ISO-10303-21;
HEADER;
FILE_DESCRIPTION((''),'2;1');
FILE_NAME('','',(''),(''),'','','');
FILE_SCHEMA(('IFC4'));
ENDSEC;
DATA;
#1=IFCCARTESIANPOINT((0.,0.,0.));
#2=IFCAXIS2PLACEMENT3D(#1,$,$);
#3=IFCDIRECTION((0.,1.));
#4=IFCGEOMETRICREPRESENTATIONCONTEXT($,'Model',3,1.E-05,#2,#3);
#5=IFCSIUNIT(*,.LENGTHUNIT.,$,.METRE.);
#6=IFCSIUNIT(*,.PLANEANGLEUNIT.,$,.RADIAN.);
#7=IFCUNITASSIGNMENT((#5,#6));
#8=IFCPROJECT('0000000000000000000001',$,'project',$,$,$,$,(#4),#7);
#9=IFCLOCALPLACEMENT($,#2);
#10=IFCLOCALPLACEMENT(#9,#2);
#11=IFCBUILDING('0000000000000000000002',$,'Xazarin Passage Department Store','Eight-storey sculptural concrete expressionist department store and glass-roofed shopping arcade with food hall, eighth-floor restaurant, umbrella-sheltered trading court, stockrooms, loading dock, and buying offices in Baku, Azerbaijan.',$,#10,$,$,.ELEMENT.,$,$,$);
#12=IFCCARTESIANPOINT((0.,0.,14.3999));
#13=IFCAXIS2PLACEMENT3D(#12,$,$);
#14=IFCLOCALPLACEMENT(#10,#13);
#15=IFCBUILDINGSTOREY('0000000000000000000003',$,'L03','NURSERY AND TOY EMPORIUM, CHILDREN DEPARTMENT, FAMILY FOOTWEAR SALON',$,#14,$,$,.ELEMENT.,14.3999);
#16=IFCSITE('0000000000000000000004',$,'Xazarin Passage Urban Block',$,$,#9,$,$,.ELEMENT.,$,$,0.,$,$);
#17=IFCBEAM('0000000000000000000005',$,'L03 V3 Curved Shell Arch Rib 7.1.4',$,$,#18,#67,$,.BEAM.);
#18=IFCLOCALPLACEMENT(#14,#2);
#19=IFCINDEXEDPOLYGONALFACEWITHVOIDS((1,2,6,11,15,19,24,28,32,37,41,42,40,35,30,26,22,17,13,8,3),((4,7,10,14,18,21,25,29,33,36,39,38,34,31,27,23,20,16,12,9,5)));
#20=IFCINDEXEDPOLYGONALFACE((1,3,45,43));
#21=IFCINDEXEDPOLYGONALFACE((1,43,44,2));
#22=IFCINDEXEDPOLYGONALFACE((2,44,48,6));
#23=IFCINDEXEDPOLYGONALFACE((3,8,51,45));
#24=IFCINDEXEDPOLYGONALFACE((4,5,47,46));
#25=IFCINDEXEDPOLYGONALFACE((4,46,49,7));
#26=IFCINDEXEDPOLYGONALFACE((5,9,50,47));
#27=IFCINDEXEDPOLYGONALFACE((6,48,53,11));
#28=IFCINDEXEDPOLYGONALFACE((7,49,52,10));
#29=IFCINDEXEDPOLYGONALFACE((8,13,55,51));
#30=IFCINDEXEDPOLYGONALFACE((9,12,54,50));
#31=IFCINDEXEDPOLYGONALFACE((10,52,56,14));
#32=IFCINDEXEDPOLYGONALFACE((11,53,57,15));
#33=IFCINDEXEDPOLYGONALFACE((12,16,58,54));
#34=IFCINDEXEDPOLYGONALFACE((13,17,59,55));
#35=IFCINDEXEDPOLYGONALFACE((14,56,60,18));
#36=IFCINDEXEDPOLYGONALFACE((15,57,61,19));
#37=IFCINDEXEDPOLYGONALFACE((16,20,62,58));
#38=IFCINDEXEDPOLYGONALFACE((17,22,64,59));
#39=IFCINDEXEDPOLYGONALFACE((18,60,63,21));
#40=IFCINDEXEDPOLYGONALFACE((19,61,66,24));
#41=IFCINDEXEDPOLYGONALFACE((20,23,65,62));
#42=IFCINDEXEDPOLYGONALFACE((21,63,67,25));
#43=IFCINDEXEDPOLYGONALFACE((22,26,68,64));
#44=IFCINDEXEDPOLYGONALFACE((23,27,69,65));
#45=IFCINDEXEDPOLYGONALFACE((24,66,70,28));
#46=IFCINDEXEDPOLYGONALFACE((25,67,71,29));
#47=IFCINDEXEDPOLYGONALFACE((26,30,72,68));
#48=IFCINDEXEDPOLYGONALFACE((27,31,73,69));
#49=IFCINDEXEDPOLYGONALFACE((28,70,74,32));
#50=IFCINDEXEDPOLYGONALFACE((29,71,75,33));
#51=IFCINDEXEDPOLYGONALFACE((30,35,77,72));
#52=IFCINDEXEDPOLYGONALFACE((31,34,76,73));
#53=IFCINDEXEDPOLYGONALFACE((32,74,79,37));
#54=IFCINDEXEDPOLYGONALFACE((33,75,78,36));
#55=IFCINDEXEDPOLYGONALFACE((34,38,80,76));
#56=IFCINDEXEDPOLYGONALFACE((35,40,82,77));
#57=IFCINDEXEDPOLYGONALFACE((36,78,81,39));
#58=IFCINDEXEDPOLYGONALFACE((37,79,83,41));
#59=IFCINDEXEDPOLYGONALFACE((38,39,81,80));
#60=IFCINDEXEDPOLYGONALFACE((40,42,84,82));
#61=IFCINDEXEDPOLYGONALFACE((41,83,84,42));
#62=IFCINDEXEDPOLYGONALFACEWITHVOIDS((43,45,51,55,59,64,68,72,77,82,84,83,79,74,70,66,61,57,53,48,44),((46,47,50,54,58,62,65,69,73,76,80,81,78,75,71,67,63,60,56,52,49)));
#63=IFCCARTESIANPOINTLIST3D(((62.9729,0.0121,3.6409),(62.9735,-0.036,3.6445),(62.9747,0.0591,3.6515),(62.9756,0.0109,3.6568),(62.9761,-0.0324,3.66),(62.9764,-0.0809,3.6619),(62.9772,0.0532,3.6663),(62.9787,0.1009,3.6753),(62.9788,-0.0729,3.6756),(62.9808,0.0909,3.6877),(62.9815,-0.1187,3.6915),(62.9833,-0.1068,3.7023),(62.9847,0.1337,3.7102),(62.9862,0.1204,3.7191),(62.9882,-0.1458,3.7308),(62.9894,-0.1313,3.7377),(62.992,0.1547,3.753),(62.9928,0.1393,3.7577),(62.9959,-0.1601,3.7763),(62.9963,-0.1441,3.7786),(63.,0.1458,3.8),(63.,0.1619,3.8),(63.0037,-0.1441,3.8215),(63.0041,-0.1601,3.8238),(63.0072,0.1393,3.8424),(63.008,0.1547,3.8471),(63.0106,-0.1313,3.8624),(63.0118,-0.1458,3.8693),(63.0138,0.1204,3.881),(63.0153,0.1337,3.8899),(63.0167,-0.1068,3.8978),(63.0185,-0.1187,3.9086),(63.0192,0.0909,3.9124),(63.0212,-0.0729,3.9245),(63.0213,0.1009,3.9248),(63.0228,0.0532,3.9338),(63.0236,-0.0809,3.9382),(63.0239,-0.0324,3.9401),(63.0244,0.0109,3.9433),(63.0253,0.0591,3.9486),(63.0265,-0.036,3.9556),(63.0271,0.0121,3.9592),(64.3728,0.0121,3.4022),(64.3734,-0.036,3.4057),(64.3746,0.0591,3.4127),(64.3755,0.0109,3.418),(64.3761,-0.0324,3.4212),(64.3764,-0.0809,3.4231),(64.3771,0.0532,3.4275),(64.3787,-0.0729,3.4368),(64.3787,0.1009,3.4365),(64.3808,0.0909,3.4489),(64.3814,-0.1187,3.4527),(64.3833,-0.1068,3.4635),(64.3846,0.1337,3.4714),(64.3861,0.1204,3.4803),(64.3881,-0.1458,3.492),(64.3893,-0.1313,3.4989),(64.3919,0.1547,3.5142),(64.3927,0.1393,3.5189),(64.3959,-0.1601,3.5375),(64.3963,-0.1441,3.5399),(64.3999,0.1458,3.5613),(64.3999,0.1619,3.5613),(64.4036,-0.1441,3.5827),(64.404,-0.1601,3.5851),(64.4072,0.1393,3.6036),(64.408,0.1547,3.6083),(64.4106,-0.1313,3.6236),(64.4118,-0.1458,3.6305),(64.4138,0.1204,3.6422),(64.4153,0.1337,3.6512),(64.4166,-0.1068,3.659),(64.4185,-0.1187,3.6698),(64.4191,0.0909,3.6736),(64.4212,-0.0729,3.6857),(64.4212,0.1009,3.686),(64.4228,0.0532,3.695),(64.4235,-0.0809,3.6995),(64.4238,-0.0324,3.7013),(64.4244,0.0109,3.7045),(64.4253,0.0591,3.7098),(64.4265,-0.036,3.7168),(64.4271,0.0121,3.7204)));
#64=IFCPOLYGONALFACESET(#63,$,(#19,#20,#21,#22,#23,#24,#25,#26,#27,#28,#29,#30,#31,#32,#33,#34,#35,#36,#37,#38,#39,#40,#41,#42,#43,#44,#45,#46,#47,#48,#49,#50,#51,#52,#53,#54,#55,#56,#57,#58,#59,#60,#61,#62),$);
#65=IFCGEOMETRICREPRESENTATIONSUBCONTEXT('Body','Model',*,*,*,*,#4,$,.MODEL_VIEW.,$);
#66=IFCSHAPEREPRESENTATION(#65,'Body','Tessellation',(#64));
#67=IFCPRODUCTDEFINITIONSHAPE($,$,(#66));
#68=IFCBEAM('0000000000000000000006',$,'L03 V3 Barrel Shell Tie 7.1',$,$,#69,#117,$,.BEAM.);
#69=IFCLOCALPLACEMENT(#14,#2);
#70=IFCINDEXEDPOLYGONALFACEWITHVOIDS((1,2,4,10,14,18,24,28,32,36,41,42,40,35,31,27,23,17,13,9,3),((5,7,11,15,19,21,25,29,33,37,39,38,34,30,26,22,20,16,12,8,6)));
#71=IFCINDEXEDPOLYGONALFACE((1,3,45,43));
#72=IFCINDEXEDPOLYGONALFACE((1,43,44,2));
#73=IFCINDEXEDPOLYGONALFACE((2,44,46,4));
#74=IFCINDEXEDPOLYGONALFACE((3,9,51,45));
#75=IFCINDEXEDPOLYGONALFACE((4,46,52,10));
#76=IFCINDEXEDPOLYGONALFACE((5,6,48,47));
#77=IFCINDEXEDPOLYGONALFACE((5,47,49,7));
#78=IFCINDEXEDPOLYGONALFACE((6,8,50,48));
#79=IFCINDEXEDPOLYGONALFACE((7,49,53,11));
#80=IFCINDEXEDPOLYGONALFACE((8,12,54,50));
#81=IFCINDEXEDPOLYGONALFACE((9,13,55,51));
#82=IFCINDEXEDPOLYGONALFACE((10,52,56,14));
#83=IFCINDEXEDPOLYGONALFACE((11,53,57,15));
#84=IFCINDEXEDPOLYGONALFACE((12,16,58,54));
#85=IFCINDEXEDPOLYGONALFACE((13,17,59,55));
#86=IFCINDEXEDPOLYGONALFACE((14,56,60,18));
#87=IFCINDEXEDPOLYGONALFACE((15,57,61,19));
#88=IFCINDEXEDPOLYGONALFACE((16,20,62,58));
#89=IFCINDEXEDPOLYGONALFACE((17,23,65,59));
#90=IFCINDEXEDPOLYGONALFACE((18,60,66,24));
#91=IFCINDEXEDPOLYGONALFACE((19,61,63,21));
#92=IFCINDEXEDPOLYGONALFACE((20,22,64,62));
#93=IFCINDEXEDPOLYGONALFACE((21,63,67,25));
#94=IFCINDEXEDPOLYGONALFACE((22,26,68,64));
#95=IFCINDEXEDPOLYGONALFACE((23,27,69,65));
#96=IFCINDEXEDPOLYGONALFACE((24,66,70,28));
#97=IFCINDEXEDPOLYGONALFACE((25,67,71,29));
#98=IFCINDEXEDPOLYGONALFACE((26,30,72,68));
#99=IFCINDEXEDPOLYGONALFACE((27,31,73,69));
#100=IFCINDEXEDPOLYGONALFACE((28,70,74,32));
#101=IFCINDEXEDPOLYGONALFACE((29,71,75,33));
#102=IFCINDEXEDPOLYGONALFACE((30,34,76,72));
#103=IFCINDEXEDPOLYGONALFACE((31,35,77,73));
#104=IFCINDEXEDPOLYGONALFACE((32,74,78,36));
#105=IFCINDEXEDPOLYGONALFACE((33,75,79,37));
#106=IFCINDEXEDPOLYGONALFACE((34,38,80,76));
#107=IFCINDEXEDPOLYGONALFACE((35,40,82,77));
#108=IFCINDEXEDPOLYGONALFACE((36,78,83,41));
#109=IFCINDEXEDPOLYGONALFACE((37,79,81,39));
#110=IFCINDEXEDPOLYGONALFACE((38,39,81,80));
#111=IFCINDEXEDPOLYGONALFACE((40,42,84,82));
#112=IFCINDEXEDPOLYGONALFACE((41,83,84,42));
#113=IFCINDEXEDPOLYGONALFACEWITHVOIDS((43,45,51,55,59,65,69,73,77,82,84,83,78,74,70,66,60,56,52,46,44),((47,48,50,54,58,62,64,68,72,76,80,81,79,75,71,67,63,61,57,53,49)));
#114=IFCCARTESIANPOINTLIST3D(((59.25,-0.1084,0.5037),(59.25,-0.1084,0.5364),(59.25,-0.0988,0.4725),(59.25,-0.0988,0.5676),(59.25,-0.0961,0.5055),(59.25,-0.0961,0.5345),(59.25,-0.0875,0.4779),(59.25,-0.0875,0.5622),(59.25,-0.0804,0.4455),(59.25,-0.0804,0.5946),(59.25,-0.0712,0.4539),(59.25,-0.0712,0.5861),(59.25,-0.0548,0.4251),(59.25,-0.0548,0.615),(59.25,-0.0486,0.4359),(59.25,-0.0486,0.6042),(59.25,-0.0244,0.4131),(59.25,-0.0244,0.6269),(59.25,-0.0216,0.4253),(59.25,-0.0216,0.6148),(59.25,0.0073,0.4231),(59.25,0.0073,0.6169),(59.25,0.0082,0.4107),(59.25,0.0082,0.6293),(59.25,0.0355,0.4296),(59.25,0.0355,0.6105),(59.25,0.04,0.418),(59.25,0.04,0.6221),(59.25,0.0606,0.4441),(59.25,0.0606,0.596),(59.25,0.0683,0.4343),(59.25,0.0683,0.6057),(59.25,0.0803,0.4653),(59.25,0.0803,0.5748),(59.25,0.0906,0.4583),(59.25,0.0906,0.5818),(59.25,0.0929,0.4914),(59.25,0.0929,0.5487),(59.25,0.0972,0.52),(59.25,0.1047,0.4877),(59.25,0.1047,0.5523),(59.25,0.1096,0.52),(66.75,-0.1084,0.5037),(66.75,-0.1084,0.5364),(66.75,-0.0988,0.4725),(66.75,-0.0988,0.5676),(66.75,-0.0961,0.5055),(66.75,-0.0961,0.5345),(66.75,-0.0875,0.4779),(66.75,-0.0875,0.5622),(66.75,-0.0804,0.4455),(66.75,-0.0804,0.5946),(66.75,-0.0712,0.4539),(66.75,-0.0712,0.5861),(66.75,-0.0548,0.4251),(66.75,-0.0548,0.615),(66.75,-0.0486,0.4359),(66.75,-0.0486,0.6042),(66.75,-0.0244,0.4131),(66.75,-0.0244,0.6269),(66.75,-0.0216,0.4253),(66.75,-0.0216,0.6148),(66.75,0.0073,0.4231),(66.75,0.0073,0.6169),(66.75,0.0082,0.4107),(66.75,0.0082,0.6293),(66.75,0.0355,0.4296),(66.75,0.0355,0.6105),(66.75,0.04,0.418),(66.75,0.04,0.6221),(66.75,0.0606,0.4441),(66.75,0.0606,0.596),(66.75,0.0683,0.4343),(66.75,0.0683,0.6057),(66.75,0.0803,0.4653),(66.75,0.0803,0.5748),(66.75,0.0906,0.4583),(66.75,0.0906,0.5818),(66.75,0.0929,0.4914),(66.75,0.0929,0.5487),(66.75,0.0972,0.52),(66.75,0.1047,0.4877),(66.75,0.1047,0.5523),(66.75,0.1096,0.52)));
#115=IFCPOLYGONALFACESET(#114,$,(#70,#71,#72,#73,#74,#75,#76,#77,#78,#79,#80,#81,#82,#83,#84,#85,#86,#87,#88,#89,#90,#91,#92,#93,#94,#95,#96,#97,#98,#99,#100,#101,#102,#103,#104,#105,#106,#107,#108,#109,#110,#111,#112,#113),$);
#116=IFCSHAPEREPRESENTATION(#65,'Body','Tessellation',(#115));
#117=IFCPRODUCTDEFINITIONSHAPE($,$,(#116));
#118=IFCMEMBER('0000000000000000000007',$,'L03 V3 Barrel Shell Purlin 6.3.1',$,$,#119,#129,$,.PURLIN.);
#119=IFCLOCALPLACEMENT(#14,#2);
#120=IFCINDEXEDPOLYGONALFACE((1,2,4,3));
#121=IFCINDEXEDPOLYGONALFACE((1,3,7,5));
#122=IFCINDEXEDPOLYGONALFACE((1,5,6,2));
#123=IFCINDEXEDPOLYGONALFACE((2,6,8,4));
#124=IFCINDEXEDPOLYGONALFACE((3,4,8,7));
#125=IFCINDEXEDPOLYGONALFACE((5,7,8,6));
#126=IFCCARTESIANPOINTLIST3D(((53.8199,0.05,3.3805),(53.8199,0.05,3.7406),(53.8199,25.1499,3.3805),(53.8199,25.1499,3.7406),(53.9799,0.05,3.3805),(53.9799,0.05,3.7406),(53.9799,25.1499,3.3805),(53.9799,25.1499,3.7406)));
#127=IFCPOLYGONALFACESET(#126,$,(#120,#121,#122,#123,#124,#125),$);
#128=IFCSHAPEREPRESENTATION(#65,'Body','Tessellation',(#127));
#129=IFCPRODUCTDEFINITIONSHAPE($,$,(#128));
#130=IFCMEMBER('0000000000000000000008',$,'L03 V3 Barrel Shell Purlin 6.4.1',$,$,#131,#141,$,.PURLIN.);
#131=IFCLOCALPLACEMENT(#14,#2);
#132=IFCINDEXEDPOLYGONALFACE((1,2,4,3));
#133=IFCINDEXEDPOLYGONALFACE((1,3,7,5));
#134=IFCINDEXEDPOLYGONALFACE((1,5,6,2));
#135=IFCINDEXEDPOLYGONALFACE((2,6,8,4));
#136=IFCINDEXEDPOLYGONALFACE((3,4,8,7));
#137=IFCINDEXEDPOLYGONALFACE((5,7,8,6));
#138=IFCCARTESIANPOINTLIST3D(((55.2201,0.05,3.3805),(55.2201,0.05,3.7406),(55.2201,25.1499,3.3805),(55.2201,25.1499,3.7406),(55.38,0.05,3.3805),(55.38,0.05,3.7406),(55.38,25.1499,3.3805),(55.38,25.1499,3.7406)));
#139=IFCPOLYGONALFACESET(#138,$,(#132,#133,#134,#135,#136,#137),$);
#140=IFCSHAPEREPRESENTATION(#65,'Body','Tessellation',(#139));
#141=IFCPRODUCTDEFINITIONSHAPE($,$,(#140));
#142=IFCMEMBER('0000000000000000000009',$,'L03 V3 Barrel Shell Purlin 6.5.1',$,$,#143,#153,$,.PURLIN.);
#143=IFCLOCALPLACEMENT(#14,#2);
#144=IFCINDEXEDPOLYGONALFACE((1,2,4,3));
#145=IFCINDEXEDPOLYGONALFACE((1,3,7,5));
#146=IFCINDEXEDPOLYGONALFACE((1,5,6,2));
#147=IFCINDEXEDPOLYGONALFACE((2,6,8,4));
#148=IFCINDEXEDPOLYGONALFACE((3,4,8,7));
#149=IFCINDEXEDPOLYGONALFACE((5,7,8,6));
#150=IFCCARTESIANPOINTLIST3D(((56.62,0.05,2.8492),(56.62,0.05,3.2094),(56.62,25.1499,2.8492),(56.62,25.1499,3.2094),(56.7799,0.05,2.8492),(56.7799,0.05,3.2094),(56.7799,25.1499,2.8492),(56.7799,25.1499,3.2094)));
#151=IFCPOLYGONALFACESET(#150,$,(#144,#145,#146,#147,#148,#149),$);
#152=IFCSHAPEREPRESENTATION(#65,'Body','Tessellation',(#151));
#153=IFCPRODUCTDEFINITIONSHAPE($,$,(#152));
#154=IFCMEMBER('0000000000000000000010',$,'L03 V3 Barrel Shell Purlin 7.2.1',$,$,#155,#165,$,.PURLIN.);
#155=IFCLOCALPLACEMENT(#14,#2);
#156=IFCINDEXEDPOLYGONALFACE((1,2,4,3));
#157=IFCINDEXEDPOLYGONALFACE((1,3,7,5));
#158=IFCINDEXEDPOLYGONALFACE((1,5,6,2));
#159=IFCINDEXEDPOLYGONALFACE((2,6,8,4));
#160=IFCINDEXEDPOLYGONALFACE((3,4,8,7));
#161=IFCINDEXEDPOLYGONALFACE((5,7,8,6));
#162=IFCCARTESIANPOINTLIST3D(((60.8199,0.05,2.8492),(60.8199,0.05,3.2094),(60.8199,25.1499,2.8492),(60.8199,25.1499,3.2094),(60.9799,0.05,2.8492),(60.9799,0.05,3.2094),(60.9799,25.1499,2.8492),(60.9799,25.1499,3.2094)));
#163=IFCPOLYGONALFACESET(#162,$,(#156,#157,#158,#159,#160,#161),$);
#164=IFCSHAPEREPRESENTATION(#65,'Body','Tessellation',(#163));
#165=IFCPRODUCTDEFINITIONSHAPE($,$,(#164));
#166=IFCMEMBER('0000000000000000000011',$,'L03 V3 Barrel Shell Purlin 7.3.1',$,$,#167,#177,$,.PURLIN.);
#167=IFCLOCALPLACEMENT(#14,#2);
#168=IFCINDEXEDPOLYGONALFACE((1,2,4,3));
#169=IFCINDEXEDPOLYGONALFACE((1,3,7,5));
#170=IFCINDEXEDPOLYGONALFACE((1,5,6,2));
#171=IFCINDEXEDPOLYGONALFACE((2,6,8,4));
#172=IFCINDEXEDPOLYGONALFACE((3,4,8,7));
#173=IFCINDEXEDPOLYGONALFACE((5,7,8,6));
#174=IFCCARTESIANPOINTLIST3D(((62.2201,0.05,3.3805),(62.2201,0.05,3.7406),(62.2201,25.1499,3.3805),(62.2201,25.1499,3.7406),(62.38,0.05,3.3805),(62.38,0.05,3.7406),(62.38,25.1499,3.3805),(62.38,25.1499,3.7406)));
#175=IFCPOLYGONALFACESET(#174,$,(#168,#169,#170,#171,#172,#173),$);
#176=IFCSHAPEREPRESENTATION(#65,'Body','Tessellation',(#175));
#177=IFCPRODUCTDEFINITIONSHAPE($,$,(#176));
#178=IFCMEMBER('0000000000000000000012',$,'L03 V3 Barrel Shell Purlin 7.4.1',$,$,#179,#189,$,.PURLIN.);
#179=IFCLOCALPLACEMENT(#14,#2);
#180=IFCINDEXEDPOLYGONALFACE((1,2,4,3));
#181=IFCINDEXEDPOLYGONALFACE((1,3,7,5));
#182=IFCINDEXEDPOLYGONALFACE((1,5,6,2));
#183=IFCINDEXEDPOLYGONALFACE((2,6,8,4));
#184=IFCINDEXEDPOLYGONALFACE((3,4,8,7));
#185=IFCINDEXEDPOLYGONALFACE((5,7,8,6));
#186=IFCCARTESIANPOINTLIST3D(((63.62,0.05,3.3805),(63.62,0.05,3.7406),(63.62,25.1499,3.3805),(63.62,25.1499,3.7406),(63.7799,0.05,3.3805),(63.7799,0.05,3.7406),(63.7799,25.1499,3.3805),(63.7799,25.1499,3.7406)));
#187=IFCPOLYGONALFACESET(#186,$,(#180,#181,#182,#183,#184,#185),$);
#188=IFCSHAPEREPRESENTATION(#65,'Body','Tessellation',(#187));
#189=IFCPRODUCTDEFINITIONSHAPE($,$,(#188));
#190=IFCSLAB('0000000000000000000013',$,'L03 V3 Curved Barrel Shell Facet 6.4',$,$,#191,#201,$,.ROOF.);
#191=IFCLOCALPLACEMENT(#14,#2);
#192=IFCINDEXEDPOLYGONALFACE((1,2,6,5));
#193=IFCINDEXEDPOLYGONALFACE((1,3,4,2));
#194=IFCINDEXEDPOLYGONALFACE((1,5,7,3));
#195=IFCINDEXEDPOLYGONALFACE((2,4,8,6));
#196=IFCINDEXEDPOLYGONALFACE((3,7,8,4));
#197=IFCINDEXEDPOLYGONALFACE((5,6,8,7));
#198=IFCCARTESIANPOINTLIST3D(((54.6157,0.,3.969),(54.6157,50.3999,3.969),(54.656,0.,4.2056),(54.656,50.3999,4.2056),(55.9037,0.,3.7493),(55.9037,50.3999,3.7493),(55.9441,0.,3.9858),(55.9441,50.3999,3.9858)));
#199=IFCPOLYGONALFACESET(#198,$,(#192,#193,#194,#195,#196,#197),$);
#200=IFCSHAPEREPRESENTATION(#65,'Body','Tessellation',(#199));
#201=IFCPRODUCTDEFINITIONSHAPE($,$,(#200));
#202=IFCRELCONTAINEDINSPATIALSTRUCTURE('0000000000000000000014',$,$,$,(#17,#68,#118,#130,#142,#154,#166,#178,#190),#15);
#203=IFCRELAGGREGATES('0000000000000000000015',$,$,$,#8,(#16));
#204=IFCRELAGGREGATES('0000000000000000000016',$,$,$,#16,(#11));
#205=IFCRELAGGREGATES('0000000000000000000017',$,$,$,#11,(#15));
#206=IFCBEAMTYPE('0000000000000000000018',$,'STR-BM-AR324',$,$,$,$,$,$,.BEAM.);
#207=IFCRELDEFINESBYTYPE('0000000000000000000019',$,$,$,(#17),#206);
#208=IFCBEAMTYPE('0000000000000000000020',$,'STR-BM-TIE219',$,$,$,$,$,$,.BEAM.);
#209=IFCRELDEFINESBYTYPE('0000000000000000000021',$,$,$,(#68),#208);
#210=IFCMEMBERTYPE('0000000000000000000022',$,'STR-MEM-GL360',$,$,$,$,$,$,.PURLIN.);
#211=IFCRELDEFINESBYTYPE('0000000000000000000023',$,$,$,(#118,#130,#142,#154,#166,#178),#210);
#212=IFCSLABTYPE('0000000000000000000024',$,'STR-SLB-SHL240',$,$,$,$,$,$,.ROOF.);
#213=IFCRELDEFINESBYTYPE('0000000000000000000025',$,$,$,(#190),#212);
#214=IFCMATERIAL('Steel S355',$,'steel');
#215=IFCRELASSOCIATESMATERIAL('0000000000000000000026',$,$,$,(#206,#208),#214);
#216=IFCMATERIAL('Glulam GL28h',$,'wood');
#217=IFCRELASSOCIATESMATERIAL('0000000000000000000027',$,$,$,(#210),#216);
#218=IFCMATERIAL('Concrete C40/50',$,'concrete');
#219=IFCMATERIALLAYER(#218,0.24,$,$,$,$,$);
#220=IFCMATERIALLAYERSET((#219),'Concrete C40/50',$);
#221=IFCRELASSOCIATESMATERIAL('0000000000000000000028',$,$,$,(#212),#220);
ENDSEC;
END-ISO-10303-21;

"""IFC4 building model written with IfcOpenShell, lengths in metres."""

from ifc_helpers import new_model, si_unit, direction, frame, origin, origin_2d, place, context, subcontext, project, spatial, polyline, rectangle, hollow_circle, outline, extrude, material, layer, layer_set, material_profile, profile_set, type_object, element, save


model = new_model("IFC4")

# Units and contexts
model_context = context("Model", 3, precision=1e-05, world=origin(), true_north=direction((0.0, 1.0)))
body_context = subcontext(model_context, "Body", "Model", "MODEL_VIEW")
ifc_project = project(units=[si_unit("LENGTHUNIT", "METRE"), si_unit("PLANEANGLEUNIT", "RADIAN")], contexts=[model_context])

# Site, building, storey
site_placement = place(None, origin())
site = spatial("IfcSite", under=ifc_project, at=site_placement, Name="Xazarin Passage Urban Block", CompositionType="ELEMENT", RefElevation=0.0)
building_placement = place(site_placement, origin())
building = spatial("IfcBuilding", under=site, at=building_placement, Name="Xazarin Passage Department Store", Description="Eight-storey sculptural concrete expressionist department store and glass-roofed shopping arcade with food hall, eighth-floor restaurant, umbrella-sheltered trading court, stockrooms, loading dock, and buying offices in Baku, Azerbaijan.", CompositionType="ELEMENT")
storey_placement = place(building_placement, frame((0.0, 0.0, 14.3999)))
storey = spatial("IfcBuildingStorey", under=building, at=storey_placement, Name="L03", Description="NURSERY AND TOY EMPORIUM, CHILDREN DEPARTMENT, FAMILY FOOTWEAR SALON", CompositionType="ELEMENT", Elevation=14.3999)

# Beams
ifc_material_1 = material(Name="Steel S355", Category="steel")
ifc_material_profile_1 = material_profile(ifc_material_1, hollow_circle(Radius=0.1619, WallThickness=0.0161, at=origin_2d()), Name="CHS 323.9x16")
ifc_profile_set_1 = profile_set([ifc_material_profile_1], Name="Steel S355")
beam_type_1 = type_object("IfcBeamType", Name="STR-BM-AR324", PredefinedType="BEAM", material=ifc_profile_set_1)
for number, where, z_axis, x_axis, name in (
    (1, (63.0, 0.0, 3.8), (0.985764, 0.0, -0.168133), (0.0, 1.0, 0.0), "L03 V3 Curved Shell Arch Rib 7.1.4"),
):
    element("IfcBeam", number, at=place(storey_placement, frame(where, z_axis=z_axis, x_axis=x_axis)), inside=storey, type_object=beam_type_1, Name=name, PredefinedType="BEAM", context=body_context, shape_type="SweptSolid", body=[
        extrude(hollow_circle(Radius=0.1619, WallThickness=0.0161, at=origin_2d()), origin(), (0.0, 0.0, 1.0), 1.4202),
    ])
ifc_material_profile_2 = material_profile(ifc_material_1, hollow_circle(Radius=0.1096, WallThickness=0.0125, at=origin_2d()), Name="CHS 219.1x12.5")
ifc_profile_set_2 = profile_set([ifc_material_profile_2], Name="Steel S355")
beam_type_2 = type_object("IfcBeamType", Name="STR-BM-TIE219", PredefinedType="BEAM", material=ifc_profile_set_2)
beam_1_placement = place(storey_placement, frame((59.25, 0.0, 0.52), z_axis=(1.0, 0.0, 0.0), x_axis=(0.0, 1.0, 0.0)))
element("IfcBeam", 2, at=beam_1_placement, inside=storey, type_object=beam_type_2, Name="L03 V3 Barrel Shell Tie 7.1", PredefinedType="BEAM", context=body_context, shape_type="SweptSolid", body=[
    extrude(hollow_circle(Radius=0.1096, WallThickness=0.0125, at=origin_2d()), origin(), (0.0, 0.0, 1.0), 7.5),
])

# Members
ifc_material_2 = material(Name="Glulam GL28h", Category="wood")
ifc_material_profile_3 = material_profile(ifc_material_2, rectangle(XDim=0.1599, YDim=0.3601, at=origin_2d()), Name="GL28h 160x360")
ifc_profile_set_3 = profile_set([ifc_material_profile_3], Name="Glulam GL28h")
member_type = type_object("IfcMemberType", Name="STR-MEM-GL360", PredefinedType="PURLIN", material=ifc_profile_set_3)
for number, where, z_axis, x_axis, name in (
    (3, (53.8999, 0.05, 3.5605), (0.0, 1.0, 0.0), (-1.0, 0.0, 0.0), "L03 V3 Barrel Shell Purlin 6.3.1"),
    (4, (55.3, 0.05, 3.5605), (0.0, 1.0, 0.0), (-1.0, 0.0, 0.0), "L03 V3 Barrel Shell Purlin 6.4.1"),
    (5, (56.7, 0.05, 3.0293), (0.0, 1.0, 0.0), (-1.0, 0.0, 0.0), "L03 V3 Barrel Shell Purlin 6.5.1"),
    (6, (60.8999, 0.05, 3.0293), (0.0, 1.0, 0.0), (-1.0, 0.0, 0.0), "L03 V3 Barrel Shell Purlin 7.2.1"),
    (7, (62.3, 0.05, 3.5605), (0.0, 1.0, 0.0), (-1.0, 0.0, 0.0), "L03 V3 Barrel Shell Purlin 7.3.1"),
    (8, (63.7, 0.05, 3.5605), (0.0, 1.0, 0.0), (-1.0, 0.0, 0.0), "L03 V3 Barrel Shell Purlin 7.4.1"),
):
    element("IfcMember", number, at=place(storey_placement, frame(where, z_axis=z_axis, x_axis=x_axis)), inside=storey, type_object=member_type, Name=name, PredefinedType="PURLIN", context=body_context, shape_type="SweptSolid", body=[
        extrude(rectangle(XDim=0.1599, YDim=0.3601, at=origin_2d()), origin(), (0.0, 0.0, 1.0), 25.0999),
    ])

# Slab
ifc_material_3 = material(Name="Concrete C40/50", Category="concrete")
ifc_layer = layer(ifc_material_3, 0.24)
ifc_layer_set = layer_set([ifc_layer], Name="Concrete C40/50")
slab_type = type_object("IfcSlabType", Name="STR-SLB-SHL240", PredefinedType="ROOF", material=ifc_layer_set)
slab_1_placement = place(storey_placement, frame((54.656, 0.0, 4.2056), z_axis=(0.168155, 0.0, 0.985761), x_axis=(0.985761, 0.0, -0.168155)))
element("IfcSlab", 9, at=slab_1_placement, inside=storey, type_object=slab_type, Name="L03 V3 Curved Barrel Shell Facet 6.4", PredefinedType="ROOF", context=body_context, shape_type="SweptSolid", body=[
    extrude(outline(polyline([(0.0, 0.0), (1.3067, 0.0), (1.3067, 50.3999), (0.0, 50.3999), (0.0, 0.0)])), origin(), (0.0, 0.0, -1.0), 0.24),
])

save(model, "model.ifc")
